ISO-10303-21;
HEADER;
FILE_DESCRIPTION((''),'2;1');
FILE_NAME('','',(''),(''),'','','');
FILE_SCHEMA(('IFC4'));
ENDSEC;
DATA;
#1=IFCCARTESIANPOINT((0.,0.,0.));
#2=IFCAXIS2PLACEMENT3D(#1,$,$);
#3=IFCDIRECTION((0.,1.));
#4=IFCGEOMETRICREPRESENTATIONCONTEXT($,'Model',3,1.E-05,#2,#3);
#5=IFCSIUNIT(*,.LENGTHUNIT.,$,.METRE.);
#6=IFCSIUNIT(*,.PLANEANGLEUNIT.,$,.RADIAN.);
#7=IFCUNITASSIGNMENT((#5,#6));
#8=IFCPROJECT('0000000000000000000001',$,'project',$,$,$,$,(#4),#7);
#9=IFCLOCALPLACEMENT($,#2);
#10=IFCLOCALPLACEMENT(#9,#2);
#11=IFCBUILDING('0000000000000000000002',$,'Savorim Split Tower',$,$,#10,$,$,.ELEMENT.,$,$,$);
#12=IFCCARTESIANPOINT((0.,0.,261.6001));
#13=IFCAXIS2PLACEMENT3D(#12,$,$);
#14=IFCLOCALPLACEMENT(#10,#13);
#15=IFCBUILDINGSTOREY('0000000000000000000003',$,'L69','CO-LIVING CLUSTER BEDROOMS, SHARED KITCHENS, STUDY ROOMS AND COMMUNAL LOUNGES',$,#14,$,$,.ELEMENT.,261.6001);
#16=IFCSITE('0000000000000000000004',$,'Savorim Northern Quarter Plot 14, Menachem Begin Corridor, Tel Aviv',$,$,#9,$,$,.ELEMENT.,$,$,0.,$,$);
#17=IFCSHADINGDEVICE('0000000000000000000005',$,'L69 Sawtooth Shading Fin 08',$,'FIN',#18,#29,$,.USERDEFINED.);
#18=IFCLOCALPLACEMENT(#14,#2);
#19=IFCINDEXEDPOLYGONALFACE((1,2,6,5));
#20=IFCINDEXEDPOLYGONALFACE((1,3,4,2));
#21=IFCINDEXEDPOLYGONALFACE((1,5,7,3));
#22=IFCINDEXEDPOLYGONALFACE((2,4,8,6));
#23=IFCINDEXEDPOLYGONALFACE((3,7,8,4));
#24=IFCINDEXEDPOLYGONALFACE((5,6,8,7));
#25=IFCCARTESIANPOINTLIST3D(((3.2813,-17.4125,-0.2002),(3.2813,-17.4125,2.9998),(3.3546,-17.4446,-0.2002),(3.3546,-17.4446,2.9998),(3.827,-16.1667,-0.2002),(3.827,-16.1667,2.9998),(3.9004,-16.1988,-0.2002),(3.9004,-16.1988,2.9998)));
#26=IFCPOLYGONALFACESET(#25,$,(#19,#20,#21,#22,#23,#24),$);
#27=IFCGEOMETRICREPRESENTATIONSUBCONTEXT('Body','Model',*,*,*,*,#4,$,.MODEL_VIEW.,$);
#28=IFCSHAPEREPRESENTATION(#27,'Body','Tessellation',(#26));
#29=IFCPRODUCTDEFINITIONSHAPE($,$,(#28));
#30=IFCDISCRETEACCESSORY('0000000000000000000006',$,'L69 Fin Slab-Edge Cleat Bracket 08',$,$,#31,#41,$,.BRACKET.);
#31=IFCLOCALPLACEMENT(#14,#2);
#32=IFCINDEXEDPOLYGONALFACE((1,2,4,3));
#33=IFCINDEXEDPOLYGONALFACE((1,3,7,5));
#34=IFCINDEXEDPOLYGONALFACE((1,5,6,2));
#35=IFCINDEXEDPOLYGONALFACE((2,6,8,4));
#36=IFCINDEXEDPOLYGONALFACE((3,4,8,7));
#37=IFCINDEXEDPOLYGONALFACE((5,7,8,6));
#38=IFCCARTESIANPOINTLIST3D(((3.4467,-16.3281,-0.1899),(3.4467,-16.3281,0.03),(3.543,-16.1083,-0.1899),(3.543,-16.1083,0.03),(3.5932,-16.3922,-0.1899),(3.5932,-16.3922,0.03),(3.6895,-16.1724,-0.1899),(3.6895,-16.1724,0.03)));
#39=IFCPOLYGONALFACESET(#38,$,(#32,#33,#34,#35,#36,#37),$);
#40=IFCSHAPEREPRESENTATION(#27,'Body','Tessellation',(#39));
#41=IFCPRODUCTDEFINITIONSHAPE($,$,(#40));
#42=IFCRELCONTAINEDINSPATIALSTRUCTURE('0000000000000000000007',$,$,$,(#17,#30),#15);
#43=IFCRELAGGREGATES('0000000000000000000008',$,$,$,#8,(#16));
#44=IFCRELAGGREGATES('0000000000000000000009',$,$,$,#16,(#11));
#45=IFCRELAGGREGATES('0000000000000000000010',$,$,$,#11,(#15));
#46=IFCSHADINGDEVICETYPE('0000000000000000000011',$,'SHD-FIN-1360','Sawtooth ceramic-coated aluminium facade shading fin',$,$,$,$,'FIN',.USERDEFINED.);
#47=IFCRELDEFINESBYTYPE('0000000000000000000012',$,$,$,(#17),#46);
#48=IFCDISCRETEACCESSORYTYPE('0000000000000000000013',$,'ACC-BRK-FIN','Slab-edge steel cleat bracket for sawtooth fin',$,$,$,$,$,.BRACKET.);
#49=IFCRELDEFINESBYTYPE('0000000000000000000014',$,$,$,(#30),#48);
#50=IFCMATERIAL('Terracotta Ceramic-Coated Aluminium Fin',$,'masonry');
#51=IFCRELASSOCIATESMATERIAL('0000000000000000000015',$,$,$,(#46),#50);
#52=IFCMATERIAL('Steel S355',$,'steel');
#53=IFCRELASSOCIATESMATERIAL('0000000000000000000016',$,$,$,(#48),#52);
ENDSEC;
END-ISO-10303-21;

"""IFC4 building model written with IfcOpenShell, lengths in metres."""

from ifc_helpers import new_model, si_unit, direction, frame, origin, origin_2d, place, context, subcontext, project, spatial, rectangle, extrude, material, type_object, element, save


model = new_model("IFC4")

# Units and contexts
model_context = context("Model", 3, precision=1e-05, world=origin(), true_north=direction((0.0, 1.0)))
body_context = subcontext(model_context, "Body", "Model", "MODEL_VIEW")
ifc_project = project(units=[si_unit("LENGTHUNIT", "METRE"), si_unit("PLANEANGLEUNIT", "RADIAN")], contexts=[model_context])

# Site, building, storey
site_placement = place(None, origin())
site = spatial("IfcSite", under=ifc_project, at=site_placement, Name="Savorim Northern Quarter Plot 14, Menachem Begin Corridor, Tel Aviv", CompositionType="ELEMENT", RefElevation=0.0)
building_placement = place(site_placement, origin())
building = spatial("IfcBuilding", under=site, at=building_placement, Name="Savorim Split Tower", CompositionType="ELEMENT")
storey_placement = place(building_placement, frame((0.0, 0.0, 261.6001)))
storey = spatial("IfcBuildingStorey", under=building, at=storey_placement, Name="L69", Description="CO-LIVING CLUSTER BEDROOMS, SHARED KITCHENS, STUDY ROOMS AND COMMUNAL LOUNGES", CompositionType="ELEMENT", Elevation=261.6001)

# Shared definitions
ifc_material_1 = material(Name="Steel S355", Category="steel")

# Shading device
ifc_material_2 = material(Name="Terracotta Ceramic-Coated Aluminium Fin", Category="masonry")
shading_device_type = type_object("IfcShadingDeviceType", Name="SHD-FIN-1360", Description="Sawtooth ceramic-coated aluminium facade shading fin", ElementType="FIN", PredefinedType="USERDEFINED", material=ifc_material_2)
shading_device_placement = place(storey_placement, frame((3.5908, -16.8057, -0.2002), z_axis=(0.0, 0.0, 1.0), x_axis=(-0.40123, -0.915977, 0.0)))
element("IfcShadingDevice", 1, at=shading_device_placement, inside=storey, type_object=shading_device_type, Name="L69 Sawtooth Shading Fin 08", ObjectType="FIN", PredefinedType="USERDEFINED", context=body_context, shape_type="SweptSolid", body=[
    extrude(rectangle(XDim=1.3601, YDim=0.0801, at=origin_2d()), origin(), (0.0, 0.0, 1.0), 3.2),
])

# Discrete accessory
discrete_accessory_type = type_object("IfcDiscreteAccessoryType", Name="ACC-BRK-FIN", Description="Slab-edge steel cleat bracket for sawtooth fin", PredefinedType="BRACKET", material=ifc_material_1)
discrete_accessory_placement = place(storey_placement, frame((3.5681, -16.2502, -0.1899), z_axis=(0.0, 0.0, 1.0), x_axis=(-0.40123, -0.915977, 0.0)))
element("IfcDiscreteAccessory", 2, at=discrete_accessory_placement, inside=storey, type_object=discrete_accessory_type, Name="L69 Fin Slab-Edge Cleat Bracket 08", PredefinedType="BRACKET", context=body_context, shape_type="SweptSolid", body=[
    extrude(rectangle(XDim=0.24, YDim=0.1599, at=origin_2d()), origin(), (0.0, 0.0, 1.0), 0.22),
])

save(model, "model.ifc")
